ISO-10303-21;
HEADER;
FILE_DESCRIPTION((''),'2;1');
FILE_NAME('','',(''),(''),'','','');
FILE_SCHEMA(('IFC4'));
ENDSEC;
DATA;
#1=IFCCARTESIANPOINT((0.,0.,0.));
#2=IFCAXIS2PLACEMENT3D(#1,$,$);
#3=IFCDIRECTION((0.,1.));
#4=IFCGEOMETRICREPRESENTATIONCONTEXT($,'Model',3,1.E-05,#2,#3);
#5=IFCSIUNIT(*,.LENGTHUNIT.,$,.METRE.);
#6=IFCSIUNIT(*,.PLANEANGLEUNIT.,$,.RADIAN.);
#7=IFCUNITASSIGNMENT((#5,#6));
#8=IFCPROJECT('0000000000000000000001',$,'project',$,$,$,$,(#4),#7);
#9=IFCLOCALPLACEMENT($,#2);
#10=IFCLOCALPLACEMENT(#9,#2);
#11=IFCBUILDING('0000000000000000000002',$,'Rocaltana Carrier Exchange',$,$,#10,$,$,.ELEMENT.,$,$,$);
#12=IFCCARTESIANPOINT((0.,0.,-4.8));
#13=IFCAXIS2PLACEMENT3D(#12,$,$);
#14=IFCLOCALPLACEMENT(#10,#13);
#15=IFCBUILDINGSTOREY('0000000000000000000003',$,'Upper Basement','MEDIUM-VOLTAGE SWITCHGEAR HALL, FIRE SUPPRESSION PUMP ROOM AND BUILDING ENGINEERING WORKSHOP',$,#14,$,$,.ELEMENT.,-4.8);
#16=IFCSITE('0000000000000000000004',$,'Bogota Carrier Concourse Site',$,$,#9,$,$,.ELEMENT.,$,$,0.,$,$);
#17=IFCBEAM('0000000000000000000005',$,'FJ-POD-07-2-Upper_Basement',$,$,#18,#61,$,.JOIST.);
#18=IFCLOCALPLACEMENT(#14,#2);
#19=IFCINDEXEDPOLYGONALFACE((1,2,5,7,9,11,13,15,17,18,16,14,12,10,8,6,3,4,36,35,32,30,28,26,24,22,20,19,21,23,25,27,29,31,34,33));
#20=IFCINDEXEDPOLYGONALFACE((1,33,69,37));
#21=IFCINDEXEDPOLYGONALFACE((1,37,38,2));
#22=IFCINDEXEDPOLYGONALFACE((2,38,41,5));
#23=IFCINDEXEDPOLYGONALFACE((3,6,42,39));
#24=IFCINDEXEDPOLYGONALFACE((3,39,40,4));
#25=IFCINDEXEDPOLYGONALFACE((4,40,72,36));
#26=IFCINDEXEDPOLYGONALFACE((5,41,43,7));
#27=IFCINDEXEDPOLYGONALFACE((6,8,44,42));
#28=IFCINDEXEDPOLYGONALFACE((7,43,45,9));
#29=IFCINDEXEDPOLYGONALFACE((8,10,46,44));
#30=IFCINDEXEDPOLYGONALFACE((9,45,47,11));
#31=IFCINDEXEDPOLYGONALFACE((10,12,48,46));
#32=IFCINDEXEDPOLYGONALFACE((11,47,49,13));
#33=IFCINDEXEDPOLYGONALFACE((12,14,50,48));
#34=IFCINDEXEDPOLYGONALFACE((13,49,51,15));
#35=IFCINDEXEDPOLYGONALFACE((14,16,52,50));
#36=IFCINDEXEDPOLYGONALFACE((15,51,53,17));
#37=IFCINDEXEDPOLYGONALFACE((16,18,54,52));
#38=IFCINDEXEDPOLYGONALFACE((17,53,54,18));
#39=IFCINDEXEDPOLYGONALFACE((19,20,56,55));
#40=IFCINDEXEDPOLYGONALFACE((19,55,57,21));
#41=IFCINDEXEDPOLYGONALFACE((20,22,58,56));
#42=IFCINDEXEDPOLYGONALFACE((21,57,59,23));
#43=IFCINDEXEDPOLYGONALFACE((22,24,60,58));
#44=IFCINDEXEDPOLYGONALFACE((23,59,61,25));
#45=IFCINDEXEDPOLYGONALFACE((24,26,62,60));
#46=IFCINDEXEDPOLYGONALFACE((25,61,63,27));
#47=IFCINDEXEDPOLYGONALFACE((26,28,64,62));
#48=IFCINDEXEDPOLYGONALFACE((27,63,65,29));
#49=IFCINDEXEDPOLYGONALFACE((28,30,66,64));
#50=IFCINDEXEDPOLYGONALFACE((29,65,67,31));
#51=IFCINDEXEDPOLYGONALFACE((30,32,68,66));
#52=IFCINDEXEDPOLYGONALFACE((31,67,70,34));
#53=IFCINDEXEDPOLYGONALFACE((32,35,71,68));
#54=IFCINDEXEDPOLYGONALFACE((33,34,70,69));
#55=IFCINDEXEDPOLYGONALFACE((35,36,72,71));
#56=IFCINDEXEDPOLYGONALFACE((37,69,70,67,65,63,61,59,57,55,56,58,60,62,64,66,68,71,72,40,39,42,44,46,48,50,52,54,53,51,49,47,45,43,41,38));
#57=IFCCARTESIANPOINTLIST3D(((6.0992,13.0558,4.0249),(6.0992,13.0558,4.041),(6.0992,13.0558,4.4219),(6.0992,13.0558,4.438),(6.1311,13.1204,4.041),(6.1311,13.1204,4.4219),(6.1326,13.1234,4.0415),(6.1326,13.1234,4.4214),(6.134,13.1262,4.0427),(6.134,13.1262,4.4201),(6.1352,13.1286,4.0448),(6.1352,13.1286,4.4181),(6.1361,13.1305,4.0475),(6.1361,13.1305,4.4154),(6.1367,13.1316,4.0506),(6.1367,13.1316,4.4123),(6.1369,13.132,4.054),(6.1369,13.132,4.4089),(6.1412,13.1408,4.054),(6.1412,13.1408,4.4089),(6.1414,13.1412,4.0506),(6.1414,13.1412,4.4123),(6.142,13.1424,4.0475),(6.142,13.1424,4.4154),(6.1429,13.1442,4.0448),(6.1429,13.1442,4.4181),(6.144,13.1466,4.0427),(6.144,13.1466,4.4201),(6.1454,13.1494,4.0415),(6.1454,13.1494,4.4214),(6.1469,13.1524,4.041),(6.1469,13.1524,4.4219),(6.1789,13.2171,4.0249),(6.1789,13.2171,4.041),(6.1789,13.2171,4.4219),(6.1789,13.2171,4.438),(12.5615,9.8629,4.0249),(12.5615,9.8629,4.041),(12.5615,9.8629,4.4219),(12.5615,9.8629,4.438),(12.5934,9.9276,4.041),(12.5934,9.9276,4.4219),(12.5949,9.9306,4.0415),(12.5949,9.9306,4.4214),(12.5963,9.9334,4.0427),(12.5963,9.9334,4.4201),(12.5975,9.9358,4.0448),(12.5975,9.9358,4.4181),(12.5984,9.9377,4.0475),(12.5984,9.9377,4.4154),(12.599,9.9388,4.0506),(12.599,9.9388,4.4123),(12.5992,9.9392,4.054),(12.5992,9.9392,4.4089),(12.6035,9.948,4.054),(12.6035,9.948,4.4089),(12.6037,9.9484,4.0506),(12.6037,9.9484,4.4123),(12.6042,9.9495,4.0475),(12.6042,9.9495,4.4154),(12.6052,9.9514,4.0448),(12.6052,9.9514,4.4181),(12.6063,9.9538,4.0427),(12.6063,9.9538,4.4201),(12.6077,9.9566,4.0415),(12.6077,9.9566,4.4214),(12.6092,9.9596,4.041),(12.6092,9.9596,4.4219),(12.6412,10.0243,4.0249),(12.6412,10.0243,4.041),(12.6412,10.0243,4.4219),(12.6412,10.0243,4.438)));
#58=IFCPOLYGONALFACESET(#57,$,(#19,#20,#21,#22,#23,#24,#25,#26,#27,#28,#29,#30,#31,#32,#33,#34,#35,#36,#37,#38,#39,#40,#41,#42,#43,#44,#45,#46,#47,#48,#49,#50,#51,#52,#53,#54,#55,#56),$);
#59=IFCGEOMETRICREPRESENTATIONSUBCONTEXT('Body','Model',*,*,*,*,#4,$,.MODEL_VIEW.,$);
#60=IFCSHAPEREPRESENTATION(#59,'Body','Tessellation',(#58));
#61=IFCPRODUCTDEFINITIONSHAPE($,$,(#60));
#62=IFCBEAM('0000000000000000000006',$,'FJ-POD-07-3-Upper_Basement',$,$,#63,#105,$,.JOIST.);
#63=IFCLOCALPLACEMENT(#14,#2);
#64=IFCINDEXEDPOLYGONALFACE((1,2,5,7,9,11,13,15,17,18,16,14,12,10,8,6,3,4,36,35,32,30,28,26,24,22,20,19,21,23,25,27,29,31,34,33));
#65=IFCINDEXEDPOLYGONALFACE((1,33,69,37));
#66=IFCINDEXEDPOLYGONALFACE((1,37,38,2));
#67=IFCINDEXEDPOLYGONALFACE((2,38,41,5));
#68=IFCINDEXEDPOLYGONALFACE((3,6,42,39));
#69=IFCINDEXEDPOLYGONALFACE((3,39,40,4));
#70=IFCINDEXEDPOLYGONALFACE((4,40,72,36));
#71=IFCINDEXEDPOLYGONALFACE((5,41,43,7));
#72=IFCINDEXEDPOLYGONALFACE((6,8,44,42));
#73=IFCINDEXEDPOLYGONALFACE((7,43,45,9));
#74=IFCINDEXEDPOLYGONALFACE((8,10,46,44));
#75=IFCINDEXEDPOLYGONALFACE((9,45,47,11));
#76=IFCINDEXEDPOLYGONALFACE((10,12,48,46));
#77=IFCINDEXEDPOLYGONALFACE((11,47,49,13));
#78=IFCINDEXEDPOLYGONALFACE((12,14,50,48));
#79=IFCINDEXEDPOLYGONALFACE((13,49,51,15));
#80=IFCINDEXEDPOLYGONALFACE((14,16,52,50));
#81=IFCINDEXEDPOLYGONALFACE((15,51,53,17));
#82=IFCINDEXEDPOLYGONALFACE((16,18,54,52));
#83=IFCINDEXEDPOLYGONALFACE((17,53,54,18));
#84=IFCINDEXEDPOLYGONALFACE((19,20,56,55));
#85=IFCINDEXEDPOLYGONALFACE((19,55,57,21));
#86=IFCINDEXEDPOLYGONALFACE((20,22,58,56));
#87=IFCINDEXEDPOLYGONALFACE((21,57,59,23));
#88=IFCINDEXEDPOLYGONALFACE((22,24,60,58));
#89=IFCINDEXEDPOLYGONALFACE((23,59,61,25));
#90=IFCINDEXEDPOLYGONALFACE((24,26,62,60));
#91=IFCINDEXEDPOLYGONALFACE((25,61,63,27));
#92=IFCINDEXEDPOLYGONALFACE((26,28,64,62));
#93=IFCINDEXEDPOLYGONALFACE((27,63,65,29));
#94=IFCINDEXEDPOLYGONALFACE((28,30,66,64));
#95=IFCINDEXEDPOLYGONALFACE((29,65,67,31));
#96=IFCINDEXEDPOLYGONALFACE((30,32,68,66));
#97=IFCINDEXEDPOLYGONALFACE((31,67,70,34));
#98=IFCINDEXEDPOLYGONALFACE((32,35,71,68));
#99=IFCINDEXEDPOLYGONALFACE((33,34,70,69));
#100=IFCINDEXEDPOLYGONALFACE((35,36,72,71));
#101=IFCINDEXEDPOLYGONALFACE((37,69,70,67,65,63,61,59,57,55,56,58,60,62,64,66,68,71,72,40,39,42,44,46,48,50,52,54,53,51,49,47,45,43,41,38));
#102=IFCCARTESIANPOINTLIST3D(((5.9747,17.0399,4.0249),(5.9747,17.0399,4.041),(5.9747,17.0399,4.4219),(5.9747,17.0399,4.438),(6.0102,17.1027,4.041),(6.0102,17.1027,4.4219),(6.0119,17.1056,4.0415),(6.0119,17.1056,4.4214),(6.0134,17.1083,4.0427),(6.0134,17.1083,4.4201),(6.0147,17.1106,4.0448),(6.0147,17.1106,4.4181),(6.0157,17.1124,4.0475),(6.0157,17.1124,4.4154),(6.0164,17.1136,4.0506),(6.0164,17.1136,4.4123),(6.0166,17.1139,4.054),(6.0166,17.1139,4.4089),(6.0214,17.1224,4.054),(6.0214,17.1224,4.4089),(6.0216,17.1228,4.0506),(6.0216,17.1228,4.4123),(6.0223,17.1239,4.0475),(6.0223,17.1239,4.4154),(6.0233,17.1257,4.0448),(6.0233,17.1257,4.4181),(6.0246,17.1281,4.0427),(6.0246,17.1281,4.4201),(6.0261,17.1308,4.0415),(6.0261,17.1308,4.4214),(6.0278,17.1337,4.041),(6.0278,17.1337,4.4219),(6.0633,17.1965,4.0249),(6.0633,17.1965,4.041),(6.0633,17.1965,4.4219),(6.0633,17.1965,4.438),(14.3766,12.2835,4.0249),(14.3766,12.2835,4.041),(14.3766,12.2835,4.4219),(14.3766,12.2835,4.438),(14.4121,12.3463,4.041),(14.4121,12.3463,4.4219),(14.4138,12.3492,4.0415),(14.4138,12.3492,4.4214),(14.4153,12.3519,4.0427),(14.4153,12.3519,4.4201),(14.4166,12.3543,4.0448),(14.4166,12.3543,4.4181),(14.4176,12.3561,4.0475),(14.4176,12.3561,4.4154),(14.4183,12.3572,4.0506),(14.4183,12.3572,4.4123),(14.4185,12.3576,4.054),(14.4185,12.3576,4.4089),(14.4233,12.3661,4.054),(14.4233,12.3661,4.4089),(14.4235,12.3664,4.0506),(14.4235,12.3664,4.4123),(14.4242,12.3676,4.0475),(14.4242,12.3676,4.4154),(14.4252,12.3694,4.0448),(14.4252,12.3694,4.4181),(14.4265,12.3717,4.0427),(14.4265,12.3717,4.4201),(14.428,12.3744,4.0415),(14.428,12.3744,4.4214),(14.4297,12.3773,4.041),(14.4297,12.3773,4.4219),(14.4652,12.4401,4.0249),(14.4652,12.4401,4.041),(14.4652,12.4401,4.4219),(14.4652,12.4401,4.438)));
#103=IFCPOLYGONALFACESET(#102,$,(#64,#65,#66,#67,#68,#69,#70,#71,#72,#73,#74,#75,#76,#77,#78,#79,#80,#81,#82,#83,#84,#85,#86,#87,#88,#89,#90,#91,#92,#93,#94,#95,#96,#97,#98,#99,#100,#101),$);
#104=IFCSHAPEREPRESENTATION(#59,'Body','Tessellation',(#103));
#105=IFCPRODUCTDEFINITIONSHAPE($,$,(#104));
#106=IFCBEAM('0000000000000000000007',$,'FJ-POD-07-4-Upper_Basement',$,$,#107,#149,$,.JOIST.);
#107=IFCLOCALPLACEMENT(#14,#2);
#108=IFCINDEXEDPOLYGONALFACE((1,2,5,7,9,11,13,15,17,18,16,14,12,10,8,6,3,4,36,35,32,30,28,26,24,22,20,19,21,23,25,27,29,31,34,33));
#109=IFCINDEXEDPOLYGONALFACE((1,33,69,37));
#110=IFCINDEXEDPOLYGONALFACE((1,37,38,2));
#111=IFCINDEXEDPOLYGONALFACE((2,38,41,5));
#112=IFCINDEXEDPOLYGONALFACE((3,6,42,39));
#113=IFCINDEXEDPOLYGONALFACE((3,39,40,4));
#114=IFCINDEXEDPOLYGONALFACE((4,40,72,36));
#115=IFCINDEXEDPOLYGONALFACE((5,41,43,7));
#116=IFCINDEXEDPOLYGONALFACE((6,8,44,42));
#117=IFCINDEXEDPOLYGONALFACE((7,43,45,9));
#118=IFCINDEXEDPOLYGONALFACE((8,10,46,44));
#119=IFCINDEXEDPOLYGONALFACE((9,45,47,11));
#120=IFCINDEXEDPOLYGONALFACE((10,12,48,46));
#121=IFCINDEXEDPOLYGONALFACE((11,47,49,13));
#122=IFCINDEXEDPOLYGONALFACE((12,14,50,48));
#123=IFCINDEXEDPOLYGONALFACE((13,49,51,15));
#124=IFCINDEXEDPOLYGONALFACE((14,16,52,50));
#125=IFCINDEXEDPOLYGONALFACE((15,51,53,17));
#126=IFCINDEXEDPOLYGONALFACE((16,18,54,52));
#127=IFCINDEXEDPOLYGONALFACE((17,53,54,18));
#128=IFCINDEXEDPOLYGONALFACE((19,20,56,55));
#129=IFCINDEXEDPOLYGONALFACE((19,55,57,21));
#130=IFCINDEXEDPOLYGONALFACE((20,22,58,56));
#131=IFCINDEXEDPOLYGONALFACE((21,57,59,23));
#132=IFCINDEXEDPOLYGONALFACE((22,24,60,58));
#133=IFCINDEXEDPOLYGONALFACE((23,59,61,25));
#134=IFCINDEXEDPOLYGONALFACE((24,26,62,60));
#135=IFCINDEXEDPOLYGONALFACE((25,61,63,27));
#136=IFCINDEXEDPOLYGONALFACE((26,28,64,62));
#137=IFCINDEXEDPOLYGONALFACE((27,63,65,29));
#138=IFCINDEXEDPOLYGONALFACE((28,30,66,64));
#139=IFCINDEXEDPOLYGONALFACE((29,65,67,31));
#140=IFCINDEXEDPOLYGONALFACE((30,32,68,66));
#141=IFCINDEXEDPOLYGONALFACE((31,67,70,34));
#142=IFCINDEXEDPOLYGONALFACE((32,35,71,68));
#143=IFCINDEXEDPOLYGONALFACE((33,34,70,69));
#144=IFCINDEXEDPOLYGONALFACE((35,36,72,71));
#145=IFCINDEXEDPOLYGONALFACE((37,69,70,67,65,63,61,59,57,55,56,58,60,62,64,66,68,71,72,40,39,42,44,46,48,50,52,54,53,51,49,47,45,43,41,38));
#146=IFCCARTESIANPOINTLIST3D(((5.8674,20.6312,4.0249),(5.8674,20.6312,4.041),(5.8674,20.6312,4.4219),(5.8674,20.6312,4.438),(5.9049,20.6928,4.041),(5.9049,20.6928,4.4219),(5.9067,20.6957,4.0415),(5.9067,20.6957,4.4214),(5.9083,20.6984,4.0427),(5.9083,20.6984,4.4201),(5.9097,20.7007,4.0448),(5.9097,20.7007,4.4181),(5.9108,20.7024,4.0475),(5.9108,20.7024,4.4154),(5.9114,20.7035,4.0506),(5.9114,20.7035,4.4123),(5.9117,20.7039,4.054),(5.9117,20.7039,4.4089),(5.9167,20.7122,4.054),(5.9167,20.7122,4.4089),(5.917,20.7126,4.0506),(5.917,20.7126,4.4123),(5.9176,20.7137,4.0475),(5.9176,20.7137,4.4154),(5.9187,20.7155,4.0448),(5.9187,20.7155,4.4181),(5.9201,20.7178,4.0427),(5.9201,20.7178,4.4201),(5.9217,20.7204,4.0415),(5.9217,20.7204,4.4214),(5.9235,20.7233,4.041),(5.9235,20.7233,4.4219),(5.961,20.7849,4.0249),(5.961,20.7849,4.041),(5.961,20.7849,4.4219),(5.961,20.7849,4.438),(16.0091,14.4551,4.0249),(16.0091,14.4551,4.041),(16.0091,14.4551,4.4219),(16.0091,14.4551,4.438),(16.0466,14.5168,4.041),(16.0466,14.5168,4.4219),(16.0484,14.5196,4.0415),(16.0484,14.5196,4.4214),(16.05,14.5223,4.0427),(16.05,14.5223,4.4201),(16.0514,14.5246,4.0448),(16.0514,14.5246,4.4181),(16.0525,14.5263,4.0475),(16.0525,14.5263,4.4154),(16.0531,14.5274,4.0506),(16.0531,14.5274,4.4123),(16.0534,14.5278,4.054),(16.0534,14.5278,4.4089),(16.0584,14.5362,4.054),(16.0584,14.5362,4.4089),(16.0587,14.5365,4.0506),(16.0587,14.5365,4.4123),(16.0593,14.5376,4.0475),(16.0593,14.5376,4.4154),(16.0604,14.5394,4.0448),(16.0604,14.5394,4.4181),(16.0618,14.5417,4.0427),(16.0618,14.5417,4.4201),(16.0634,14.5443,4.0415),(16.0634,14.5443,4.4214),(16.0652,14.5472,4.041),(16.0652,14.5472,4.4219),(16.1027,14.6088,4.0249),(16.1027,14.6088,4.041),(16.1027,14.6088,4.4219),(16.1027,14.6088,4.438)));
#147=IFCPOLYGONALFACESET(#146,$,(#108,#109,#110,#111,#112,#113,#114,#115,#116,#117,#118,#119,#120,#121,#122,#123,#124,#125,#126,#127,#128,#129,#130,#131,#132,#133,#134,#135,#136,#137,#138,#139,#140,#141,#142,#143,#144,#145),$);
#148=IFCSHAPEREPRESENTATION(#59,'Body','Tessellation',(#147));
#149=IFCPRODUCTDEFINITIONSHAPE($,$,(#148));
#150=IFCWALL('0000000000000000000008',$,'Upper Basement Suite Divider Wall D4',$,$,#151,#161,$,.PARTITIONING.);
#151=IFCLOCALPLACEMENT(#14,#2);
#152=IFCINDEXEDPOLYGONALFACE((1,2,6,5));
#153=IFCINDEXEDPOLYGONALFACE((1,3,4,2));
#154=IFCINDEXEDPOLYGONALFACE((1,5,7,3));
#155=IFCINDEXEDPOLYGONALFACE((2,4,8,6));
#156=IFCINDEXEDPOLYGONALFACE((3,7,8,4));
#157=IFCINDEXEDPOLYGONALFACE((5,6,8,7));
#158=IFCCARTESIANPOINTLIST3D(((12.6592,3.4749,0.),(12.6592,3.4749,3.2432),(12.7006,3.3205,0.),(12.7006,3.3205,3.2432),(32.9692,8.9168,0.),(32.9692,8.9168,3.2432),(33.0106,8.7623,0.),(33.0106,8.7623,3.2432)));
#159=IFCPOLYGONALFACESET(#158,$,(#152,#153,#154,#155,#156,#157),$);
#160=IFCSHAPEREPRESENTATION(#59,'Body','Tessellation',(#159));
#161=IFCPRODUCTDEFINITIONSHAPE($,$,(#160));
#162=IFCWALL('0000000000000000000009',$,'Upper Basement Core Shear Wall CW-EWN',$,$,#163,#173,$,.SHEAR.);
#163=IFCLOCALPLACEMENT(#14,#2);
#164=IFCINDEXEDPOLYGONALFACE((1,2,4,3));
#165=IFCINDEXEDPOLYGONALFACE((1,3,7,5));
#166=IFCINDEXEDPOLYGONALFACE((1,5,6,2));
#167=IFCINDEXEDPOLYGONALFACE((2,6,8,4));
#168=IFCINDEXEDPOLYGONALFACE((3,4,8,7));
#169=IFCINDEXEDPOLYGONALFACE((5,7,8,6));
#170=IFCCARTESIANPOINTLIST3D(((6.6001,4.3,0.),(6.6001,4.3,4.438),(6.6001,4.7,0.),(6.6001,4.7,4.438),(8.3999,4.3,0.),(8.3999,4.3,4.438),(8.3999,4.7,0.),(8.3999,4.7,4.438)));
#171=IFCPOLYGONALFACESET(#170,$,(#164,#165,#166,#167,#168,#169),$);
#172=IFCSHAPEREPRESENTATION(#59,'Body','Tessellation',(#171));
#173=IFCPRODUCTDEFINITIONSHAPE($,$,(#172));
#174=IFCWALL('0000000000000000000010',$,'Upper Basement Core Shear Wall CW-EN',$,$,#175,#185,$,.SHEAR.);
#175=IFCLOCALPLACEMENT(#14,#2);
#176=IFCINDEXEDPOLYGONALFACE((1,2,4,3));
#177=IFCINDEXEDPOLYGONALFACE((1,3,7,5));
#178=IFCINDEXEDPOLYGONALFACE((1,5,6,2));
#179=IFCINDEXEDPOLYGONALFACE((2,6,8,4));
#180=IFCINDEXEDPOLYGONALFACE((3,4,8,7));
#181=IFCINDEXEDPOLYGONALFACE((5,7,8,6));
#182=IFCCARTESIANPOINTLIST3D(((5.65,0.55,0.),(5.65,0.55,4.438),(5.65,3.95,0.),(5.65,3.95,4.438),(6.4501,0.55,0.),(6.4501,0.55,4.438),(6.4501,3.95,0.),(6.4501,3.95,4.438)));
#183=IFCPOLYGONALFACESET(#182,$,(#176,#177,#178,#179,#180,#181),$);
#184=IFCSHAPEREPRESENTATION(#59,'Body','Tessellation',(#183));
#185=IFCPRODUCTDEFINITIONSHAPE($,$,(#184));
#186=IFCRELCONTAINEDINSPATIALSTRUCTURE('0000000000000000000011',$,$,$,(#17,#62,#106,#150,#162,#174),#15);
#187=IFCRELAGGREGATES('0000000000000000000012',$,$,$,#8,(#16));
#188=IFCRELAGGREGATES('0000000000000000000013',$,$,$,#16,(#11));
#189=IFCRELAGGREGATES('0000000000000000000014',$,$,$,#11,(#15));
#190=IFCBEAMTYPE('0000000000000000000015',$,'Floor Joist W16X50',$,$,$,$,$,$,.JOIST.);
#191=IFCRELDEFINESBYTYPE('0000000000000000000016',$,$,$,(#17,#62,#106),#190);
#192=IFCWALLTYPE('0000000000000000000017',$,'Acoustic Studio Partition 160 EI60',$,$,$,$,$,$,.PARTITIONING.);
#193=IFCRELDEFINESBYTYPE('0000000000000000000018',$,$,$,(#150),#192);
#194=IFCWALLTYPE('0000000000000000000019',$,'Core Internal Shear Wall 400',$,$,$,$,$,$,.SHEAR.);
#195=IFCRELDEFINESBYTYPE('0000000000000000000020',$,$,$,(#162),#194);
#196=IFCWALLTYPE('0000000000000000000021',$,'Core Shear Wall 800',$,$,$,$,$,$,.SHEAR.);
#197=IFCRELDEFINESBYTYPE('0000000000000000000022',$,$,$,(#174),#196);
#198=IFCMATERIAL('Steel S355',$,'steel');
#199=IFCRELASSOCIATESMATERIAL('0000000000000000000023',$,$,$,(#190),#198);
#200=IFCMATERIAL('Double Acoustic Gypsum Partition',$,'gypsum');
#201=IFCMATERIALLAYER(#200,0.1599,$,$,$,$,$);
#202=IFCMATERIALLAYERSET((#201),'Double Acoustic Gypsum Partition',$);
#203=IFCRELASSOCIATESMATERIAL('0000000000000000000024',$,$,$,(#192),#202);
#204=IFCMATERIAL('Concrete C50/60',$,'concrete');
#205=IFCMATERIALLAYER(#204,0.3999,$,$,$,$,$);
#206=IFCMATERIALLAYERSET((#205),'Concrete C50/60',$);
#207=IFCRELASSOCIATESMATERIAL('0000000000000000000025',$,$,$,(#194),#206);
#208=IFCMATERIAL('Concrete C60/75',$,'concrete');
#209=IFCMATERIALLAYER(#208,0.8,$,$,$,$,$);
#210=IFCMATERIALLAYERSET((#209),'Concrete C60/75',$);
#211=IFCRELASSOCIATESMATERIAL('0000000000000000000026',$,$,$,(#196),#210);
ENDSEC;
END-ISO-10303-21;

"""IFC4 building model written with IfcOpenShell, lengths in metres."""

from ifc_helpers import new_model, si_unit, direction, frame, frame_2d, origin, origin_2d, place, context, subcontext, project, spatial, rectangle, i_section, extrude, material, layer, layer_set, material_profile, profile_set, type_object, element, save


model = new_model("IFC4")

# Units and contexts
model_context = context("Model", 3, precision=1e-05, world=origin(), true_north=direction((0.0, 1.0)))
body_context = subcontext(model_context, "Body", "Model", "MODEL_VIEW")
ifc_project = project(units=[si_unit("LENGTHUNIT", "METRE"), si_unit("PLANEANGLEUNIT", "RADIAN")], contexts=[model_context])

# Site, building, storey
site_placement = place(None, origin())
site = spatial("IfcSite", under=ifc_project, at=site_placement, Name="Bogota Carrier Concourse Site", CompositionType="ELEMENT", RefElevation=0.0)
building_placement = place(site_placement, origin())
building = spatial("IfcBuilding", under=site, at=building_placement, Name="Rocaltana Carrier Exchange", CompositionType="ELEMENT")
storey_placement = place(building_placement, frame((0.0, 0.0, -4.8)))
storey = spatial("IfcBuildingStorey", under=building, at=storey_placement, Name="Upper Basement", Description="MEDIUM-VOLTAGE SWITCHGEAR HALL, FIRE SUPPRESSION PUMP ROOM AND BUILDING ENGINEERING WORKSHOP", CompositionType="ELEMENT", Elevation=-4.8)

# Beams
ifc_material_1 = material(Name="Steel S355", Category="steel")
ifc_material_profile_1 = material_profile(ifc_material_1, i_section(OverallWidth=0.1799, OverallDepth=0.4131, WebThickness=0.0098, FlangeThickness=0.0161, FilletRadius=0.0129, at=origin_2d()), Name="W16X50")
ifc_profile_set_1 = profile_set([ifc_material_profile_1], Name="Steel S355")
beam_type_1 = type_object("IfcBeamType", Name="Floor Joist W16X50", PredefinedType="JOIST", material=ifc_profile_set_1)
beam_1_placement = place(storey_placement, frame((12.6013, 9.9436, 4.2314), z_axis=(-0.896544, 0.442954, 0.0), x_axis=(-0.442954, -0.896544, 0.0)))
element("IfcBeam", 1, at=beam_1_placement, inside=storey, type_object=beam_type_1, Name="FJ-POD-07-2-Upper_Basement", PredefinedType="JOIST", context=body_context, shape_type="SweptSolid", body=[
    extrude(i_section(OverallWidth=0.1799, OverallDepth=0.4131, WebThickness=0.0098, FlangeThickness=0.0161, FilletRadius=0.0129, at=origin_2d()), origin(), (0.0, 0.0, 1.0), 7.208),
])
beam_2_placement = place(storey_placement, frame((14.4209, 12.3618, 4.2314), z_axis=(-0.870231, 0.492644, 0.0), x_axis=(-0.492644, -0.870231, 0.0)))
element("IfcBeam", 2, at=beam_2_placement, inside=storey, type_object=beam_type_1, Name="FJ-POD-07-3-Upper_Basement", PredefinedType="JOIST", context=body_context, shape_type="SweptSolid", body=[
    extrude(i_section(OverallWidth=0.1799, OverallDepth=0.4131, WebThickness=0.0098, FlangeThickness=0.0161, FilletRadius=0.0129, at=origin_2d()), origin(), (0.0, 0.0, 1.0), 9.6548),
])
beam_3_placement = place(storey_placement, frame((16.0559, 14.532, 4.2314), z_axis=(-0.854091, 0.520124, 0.0), x_axis=(-0.520124, -0.854091, 0.0)))
element("IfcBeam", 3, at=beam_3_placement, inside=storey, type_object=beam_type_1, Name="FJ-POD-07-4-Upper_Basement", PredefinedType="JOIST", context=body_context, shape_type="SweptSolid", body=[
    extrude(i_section(OverallWidth=0.1799, OverallDepth=0.4131, WebThickness=0.0098, FlangeThickness=0.0161, FilletRadius=0.0129, at=origin_2d()), origin(), (0.0, 0.0, 1.0), 11.8743),
])

# Walls
ifc_material_2 = material(Name="Double Acoustic Gypsum Partition", Category="gypsum")
ifc_layer_1 = layer(ifc_material_2, 0.1599)
ifc_layer_set_1 = layer_set([ifc_layer_1], Name="Double Acoustic Gypsum Partition")
wall_type_1 = type_object("IfcWallType", Name="Acoustic Studio Partition 160 EI60", PredefinedType="PARTITIONING", material=ifc_layer_set_1)
wall_1_placement = place(storey_placement, frame((12.6799, 3.3977, 0.0), z_axis=(0.0, 0.0, 1.0), x_axis=(0.965928, 0.258812, 0.0)))
element("IfcWall", 4, at=wall_1_placement, inside=storey, type_object=wall_type_1, Name="Upper Basement Suite Divider Wall D4", PredefinedType="PARTITIONING", context=body_context, shape_type="SweptSolid", body=[
    extrude(rectangle(XDim=21.0264, YDim=0.1599, at=frame_2d((10.5132, 0.0))), origin(), (0.0, 0.0, 1.0), 3.2432),
])
ifc_material_3 = material(Name="Concrete C50/60", Category="concrete")
ifc_layer_2 = layer(ifc_material_3, 0.3999)
ifc_layer_set_2 = layer_set([ifc_layer_2], Name="Concrete C50/60")
wall_type_2 = type_object("IfcWallType", Name="Core Internal Shear Wall 400", PredefinedType="SHEAR", material=ifc_layer_set_2)
wall_2_placement = place(storey_placement, frame((6.6001, 4.5, 0.0), z_axis=(0.0, 0.0, 1.0), x_axis=(1.0, 0.0, 0.0)))
element("IfcWall", 5, at=wall_2_placement, inside=storey, type_object=wall_type_2, Name="Upper Basement Core Shear Wall CW-EWN", PredefinedType="SHEAR", context=body_context, shape_type="SweptSolid", body=[
    extrude(rectangle(XDim=1.7998, YDim=0.3999, at=frame_2d((0.8999, 0.0))), origin(), (0.0, 0.0, 1.0), 4.438),
])
ifc_material_4 = material(Name="Concrete C60/75", Category="concrete")
ifc_layer_3 = layer(ifc_material_4, 0.8)
ifc_layer_set_3 = layer_set([ifc_layer_3], Name="Concrete C60/75")
wall_type_3 = type_object("IfcWallType", Name="Core Shear Wall 800", PredefinedType="SHEAR", material=ifc_layer_set_3)
wall_3_placement = place(storey_placement, frame((6.05, 0.55, 0.0), z_axis=(0.0, 0.0, 1.0), x_axis=(0.0, 1.0, 0.0)))
element("IfcWall", 6, at=wall_3_placement, inside=storey, type_object=wall_type_3, Name="Upper Basement Core Shear Wall CW-EN", PredefinedType="SHEAR", context=body_context, shape_type="SweptSolid", body=[
    extrude(rectangle(XDim=3.3999, YDim=0.8, at=frame_2d((1.7, 0.0))), origin(), (0.0, 0.0, 1.0), 4.438),
])

save(model, "model.ifc")
